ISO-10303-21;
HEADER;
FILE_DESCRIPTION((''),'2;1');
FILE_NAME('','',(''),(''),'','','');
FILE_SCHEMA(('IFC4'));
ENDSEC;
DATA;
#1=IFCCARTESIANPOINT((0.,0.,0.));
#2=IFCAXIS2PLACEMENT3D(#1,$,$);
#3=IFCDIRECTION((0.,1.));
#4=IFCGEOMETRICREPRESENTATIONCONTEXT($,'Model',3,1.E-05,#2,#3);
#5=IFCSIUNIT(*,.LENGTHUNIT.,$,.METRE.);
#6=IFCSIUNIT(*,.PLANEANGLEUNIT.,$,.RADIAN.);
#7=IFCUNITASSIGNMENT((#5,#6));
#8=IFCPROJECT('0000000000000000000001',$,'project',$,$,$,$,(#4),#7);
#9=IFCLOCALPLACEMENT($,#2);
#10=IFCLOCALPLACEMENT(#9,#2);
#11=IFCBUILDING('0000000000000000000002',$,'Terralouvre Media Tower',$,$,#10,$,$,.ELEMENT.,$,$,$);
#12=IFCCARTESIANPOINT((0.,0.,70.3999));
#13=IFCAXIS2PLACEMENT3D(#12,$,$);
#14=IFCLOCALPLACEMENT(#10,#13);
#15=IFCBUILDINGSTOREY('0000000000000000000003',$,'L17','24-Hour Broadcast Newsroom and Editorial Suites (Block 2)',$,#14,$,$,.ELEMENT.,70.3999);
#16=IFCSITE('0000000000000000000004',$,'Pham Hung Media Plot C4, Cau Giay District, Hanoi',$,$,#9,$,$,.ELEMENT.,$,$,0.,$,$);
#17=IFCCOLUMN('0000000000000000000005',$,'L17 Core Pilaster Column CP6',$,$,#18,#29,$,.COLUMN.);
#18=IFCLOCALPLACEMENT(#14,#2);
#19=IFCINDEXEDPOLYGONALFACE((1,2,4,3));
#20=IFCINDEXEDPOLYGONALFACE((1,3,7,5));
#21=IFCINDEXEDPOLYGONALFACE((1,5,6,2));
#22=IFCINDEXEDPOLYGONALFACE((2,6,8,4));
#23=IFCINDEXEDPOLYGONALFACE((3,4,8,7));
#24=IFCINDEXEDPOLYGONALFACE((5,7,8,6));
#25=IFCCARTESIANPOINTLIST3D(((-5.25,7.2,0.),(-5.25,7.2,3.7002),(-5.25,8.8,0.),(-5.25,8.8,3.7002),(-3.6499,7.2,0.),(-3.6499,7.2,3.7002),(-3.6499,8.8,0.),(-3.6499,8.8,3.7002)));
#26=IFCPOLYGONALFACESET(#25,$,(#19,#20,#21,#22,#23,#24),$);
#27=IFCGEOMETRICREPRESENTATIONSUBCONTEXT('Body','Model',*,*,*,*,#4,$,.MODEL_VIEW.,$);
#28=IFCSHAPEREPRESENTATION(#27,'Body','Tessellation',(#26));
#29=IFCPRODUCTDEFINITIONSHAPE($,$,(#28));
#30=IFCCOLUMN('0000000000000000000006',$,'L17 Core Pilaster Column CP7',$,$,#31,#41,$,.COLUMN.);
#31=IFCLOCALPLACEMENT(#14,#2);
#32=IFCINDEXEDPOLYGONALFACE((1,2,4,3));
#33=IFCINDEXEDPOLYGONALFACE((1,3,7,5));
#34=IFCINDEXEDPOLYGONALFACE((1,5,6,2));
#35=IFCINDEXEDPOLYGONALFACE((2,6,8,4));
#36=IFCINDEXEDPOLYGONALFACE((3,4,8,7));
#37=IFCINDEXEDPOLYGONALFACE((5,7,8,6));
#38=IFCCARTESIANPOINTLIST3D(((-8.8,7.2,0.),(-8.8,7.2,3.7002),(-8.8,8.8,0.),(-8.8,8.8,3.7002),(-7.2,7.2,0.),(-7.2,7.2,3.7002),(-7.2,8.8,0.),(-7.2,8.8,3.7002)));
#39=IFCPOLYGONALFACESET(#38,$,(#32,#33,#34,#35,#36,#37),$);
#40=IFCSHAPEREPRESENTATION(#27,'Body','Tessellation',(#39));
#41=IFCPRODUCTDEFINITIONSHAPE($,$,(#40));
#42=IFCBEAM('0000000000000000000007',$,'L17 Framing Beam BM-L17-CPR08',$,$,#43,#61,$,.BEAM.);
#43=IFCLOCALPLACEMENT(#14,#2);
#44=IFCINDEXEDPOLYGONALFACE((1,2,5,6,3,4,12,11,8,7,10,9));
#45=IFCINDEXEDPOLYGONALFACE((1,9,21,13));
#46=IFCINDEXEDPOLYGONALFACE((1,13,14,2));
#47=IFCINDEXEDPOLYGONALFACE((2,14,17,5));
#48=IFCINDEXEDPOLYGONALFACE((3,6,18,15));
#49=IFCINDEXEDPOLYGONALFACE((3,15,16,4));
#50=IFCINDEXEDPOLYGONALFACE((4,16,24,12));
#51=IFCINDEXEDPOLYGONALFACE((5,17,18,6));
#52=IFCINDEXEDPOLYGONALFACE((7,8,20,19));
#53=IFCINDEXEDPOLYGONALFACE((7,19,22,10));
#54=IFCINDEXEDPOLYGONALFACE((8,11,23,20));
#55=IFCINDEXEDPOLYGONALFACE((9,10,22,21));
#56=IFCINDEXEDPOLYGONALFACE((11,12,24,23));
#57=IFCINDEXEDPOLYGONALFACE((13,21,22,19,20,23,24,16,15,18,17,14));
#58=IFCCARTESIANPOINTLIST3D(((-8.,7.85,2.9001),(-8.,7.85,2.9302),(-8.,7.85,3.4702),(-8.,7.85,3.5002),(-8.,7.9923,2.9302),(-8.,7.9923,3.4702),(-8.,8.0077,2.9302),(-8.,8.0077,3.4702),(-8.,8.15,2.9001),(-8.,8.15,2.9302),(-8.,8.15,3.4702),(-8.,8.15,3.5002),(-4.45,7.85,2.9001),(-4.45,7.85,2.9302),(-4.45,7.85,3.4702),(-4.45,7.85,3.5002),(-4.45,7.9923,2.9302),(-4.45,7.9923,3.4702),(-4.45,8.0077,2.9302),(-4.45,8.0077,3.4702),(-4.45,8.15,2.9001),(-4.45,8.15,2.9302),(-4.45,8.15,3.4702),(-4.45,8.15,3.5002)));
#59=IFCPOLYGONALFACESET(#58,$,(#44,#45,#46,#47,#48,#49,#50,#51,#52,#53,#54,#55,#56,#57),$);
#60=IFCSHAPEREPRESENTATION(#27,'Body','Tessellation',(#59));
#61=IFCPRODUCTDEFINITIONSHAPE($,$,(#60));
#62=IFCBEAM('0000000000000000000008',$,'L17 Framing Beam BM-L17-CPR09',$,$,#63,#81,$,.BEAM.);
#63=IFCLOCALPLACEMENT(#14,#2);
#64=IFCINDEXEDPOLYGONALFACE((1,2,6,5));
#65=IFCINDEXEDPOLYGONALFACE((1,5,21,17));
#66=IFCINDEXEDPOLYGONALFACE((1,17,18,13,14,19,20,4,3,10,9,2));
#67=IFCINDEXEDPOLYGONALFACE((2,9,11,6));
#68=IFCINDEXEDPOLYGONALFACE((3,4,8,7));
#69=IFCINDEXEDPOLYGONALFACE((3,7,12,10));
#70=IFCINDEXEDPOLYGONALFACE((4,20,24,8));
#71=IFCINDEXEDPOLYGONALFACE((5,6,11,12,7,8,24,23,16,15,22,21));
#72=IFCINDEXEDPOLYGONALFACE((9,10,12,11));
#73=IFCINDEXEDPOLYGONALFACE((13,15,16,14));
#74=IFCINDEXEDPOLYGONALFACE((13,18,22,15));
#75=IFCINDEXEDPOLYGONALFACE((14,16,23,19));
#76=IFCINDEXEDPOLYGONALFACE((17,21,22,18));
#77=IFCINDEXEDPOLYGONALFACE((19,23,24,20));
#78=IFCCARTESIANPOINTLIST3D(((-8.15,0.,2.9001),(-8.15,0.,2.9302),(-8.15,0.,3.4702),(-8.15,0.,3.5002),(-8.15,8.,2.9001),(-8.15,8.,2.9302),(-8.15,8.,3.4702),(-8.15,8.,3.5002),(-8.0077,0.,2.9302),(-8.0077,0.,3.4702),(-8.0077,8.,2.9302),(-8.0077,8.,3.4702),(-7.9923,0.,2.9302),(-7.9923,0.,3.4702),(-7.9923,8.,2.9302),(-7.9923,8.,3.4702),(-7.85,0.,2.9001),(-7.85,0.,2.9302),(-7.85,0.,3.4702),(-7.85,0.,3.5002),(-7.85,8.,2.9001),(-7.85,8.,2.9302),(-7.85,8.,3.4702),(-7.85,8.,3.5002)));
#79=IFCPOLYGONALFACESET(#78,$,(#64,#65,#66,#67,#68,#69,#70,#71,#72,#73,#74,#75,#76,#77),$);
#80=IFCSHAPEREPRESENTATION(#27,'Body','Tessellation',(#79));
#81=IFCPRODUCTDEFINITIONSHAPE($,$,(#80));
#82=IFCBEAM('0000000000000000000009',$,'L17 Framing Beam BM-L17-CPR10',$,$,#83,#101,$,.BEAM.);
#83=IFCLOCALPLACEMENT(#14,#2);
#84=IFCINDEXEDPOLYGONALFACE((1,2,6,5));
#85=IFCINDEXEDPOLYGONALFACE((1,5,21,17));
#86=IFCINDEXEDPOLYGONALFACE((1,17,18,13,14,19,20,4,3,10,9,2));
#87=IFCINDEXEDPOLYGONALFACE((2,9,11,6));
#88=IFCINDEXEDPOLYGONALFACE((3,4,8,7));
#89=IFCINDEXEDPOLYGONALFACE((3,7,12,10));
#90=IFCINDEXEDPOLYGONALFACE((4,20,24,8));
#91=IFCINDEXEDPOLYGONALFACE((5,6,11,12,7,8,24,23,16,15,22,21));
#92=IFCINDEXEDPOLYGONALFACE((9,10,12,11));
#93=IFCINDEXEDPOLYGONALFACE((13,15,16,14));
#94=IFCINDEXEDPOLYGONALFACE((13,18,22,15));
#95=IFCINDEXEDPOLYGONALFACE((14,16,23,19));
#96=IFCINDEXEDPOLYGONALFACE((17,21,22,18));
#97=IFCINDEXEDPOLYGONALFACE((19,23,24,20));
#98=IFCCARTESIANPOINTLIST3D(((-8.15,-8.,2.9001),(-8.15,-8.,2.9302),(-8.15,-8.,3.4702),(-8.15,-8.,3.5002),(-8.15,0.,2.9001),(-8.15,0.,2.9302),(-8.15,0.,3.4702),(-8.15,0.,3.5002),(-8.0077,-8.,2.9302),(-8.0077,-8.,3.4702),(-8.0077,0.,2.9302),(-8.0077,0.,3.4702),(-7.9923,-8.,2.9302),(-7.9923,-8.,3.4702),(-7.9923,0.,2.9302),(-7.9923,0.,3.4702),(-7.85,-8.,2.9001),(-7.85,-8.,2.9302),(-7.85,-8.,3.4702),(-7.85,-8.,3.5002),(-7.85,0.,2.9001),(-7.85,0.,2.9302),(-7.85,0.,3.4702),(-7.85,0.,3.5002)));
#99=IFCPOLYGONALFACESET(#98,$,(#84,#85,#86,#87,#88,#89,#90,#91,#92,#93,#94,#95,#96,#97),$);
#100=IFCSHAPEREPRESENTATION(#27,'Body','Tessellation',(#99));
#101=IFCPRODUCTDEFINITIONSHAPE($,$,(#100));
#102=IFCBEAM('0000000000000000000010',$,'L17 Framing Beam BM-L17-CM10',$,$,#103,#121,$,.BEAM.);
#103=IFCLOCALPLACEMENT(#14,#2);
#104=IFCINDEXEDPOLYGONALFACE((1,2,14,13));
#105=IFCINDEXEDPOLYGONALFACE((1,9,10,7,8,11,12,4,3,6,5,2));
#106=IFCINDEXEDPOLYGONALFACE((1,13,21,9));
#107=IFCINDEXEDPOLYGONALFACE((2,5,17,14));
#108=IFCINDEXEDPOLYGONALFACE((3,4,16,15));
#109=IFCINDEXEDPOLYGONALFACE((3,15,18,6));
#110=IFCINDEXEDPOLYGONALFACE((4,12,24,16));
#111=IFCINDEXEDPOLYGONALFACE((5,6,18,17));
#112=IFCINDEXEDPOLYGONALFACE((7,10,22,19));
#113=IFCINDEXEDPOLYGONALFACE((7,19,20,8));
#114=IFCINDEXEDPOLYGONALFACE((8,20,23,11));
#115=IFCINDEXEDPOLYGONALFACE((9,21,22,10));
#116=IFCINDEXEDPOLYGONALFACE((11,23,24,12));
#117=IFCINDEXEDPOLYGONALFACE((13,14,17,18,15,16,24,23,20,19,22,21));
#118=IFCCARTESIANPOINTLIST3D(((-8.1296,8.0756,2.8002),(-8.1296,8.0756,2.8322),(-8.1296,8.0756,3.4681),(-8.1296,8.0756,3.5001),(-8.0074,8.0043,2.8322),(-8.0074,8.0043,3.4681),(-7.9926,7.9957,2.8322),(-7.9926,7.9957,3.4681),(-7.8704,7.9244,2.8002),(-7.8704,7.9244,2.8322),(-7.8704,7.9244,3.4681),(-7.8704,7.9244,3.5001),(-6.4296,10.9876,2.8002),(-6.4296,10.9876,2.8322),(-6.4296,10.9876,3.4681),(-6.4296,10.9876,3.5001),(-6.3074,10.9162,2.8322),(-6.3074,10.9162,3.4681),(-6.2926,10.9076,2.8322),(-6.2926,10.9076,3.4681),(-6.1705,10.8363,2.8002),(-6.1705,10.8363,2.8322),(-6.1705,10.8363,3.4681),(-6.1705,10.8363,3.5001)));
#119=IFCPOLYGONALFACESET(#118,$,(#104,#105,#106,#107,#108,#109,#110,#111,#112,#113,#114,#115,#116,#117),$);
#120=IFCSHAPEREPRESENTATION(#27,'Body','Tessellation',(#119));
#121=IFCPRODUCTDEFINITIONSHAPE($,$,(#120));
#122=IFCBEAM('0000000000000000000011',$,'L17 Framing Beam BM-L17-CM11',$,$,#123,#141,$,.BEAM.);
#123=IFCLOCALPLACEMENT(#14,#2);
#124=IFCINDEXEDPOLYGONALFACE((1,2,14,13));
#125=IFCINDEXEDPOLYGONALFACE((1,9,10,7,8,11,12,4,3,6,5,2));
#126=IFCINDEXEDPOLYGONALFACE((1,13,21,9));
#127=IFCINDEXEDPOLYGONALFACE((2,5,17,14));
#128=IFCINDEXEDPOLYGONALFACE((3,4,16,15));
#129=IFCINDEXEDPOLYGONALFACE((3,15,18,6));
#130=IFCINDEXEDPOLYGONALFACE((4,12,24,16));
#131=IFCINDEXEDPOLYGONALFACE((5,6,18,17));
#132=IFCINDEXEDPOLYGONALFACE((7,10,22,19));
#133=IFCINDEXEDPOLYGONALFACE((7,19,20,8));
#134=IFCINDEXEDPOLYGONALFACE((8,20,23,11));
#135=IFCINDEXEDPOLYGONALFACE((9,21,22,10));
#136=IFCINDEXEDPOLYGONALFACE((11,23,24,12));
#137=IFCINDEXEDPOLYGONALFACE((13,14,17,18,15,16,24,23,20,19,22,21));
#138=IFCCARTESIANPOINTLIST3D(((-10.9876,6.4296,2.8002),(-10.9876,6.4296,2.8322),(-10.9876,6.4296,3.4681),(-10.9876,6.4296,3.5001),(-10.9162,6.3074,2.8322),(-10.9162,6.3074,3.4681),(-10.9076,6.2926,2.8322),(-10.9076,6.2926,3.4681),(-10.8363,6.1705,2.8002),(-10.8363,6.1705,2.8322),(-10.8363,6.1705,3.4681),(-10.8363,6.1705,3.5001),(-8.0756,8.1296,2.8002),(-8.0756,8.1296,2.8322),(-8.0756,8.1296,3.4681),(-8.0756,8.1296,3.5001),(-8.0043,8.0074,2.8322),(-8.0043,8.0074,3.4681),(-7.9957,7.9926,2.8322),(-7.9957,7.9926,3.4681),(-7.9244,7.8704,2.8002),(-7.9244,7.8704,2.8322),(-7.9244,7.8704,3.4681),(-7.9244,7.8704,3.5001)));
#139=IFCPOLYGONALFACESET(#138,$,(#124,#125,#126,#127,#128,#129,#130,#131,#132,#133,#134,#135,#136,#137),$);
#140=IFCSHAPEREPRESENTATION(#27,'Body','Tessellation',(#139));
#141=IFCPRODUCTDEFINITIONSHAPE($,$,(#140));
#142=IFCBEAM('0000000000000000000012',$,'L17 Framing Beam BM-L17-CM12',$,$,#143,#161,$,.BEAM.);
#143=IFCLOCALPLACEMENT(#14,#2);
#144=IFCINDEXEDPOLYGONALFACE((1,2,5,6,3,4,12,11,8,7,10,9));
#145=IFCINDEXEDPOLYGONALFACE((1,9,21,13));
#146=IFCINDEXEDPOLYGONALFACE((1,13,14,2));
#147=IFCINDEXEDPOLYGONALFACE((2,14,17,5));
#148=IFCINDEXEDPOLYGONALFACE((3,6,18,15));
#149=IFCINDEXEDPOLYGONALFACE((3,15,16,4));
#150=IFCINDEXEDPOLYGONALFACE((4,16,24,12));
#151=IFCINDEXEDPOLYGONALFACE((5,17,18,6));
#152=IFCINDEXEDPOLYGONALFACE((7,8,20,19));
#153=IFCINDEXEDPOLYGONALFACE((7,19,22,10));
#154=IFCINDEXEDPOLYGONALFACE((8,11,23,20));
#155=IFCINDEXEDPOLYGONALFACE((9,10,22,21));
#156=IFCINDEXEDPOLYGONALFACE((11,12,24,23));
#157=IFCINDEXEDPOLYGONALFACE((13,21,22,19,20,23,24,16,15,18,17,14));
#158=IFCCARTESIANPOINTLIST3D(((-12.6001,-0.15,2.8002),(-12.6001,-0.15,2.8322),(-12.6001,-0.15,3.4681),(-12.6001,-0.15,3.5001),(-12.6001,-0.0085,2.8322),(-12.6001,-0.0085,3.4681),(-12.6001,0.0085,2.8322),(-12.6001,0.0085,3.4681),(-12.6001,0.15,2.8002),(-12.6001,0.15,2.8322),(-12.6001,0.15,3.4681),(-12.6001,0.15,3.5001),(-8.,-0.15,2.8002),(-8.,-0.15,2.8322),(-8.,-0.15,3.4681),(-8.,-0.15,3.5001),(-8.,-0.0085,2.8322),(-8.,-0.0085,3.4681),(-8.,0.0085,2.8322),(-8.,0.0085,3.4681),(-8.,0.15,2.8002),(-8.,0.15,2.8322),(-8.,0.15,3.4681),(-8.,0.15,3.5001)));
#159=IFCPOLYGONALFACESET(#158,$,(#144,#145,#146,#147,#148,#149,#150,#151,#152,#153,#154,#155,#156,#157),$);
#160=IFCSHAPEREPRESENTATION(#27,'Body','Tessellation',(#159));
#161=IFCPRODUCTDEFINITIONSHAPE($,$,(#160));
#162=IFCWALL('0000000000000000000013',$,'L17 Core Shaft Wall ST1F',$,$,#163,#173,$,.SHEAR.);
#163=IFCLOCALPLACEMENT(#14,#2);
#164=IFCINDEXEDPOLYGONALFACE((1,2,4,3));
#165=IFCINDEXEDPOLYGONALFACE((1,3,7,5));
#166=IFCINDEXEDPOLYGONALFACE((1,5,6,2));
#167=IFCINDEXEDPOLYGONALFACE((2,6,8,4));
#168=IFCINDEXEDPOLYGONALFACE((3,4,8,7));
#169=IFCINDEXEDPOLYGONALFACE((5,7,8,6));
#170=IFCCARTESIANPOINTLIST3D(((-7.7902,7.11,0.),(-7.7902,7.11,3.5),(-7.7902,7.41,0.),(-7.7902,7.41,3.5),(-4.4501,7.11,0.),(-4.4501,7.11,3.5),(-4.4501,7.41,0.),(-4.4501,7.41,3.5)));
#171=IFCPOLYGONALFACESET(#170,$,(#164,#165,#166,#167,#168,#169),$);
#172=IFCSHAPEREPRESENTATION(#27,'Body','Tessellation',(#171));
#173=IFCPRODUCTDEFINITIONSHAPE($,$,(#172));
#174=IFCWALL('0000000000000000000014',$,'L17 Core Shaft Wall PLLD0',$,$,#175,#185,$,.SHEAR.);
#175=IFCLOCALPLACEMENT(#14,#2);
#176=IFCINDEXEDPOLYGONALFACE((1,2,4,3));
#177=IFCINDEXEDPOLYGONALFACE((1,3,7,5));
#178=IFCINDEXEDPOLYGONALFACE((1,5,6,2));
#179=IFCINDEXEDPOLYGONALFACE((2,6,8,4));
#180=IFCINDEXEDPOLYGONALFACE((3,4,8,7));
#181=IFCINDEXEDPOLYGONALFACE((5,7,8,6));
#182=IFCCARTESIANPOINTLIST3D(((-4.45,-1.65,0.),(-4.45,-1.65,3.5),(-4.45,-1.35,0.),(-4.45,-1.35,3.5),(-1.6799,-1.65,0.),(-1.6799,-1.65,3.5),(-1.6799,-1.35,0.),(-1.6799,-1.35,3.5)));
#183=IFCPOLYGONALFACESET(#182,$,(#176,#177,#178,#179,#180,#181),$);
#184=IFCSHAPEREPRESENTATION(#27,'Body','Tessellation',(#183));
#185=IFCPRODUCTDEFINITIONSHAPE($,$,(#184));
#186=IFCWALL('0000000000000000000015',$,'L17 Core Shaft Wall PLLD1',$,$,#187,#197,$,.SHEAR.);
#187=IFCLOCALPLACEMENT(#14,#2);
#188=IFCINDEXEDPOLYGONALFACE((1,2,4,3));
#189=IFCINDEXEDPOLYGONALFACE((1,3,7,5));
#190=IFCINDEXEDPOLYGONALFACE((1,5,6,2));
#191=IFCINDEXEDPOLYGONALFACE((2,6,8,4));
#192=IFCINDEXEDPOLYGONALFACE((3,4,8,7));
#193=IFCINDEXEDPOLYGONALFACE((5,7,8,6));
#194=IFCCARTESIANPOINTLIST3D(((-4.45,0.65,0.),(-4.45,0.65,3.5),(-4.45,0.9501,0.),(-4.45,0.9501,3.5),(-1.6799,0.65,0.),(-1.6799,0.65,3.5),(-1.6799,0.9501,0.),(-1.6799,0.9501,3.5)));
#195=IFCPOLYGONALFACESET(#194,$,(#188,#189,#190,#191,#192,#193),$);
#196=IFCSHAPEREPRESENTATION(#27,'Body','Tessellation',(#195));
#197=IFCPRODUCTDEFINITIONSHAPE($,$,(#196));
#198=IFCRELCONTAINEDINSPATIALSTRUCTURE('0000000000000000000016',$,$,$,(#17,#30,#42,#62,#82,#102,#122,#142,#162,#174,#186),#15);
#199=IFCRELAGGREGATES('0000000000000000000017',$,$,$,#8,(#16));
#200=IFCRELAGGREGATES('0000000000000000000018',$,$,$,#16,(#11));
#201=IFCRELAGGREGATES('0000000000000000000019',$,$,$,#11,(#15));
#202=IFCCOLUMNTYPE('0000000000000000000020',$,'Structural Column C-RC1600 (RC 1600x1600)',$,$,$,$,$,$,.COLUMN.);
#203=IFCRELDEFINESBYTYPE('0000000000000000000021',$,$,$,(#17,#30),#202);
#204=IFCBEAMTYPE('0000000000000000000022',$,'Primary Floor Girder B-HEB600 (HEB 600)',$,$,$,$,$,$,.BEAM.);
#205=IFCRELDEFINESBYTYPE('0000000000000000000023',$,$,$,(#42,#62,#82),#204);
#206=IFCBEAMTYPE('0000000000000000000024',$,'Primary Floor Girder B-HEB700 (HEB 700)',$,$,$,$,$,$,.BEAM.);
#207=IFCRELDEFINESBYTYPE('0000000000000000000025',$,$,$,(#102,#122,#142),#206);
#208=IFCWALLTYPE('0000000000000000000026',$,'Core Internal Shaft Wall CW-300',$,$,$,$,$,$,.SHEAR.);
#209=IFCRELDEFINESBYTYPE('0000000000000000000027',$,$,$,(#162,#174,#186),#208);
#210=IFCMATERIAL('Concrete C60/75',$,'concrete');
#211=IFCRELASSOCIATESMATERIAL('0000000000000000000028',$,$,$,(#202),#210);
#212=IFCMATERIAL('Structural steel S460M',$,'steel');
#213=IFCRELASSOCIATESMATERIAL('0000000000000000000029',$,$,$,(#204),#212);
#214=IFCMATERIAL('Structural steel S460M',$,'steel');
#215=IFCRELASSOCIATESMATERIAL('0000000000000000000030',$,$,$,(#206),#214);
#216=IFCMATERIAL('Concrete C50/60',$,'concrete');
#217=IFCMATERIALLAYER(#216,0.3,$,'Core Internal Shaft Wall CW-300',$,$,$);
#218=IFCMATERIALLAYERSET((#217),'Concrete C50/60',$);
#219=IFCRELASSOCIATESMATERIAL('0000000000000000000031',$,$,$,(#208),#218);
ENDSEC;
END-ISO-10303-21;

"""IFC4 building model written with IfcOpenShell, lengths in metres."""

from ifc_helpers import new_model, si_unit, direction, frame, frame_2d, origin, origin_2d, place, context, subcontext, project, spatial, rectangle, i_section, extrude, material, layer, layer_set, material_profile, profile_set, type_object, element, save


model = new_model("IFC4")

# Units and contexts
model_context = context("Model", 3, precision=1e-05, world=origin(), true_north=direction((0.0, 1.0)))
body_context = subcontext(model_context, "Body", "Model", "MODEL_VIEW")
ifc_project = project(units=[si_unit("LENGTHUNIT", "METRE"), si_unit("PLANEANGLEUNIT", "RADIAN")], contexts=[model_context])

# Site, building, storey
site_placement = place(None, origin())
site = spatial("IfcSite", under=ifc_project, at=site_placement, Name="Pham Hung Media Plot C4, Cau Giay District, Hanoi", CompositionType="ELEMENT", RefElevation=0.0)
building_placement = place(site_placement, origin())
building = spatial("IfcBuilding", under=site, at=building_placement, Name="Terralouvre Media Tower", CompositionType="ELEMENT")
storey_placement = place(building_placement, frame((0.0, 0.0, 70.3999)))
storey = spatial("IfcBuildingStorey", under=building, at=storey_placement, Name="L17", Description="24-Hour Broadcast Newsroom and Editorial Suites (Block 2)", CompositionType="ELEMENT", Elevation=70.3999)

# Columns
ifc_material_1 = material(Name="Concrete C60/75", Category="concrete")
ifc_material_profile_1 = material_profile(ifc_material_1, rectangle(XDim=1.6001, YDim=1.6001, at=origin_2d()), Name="RC 1600x1600")
ifc_profile_set_1 = profile_set([ifc_material_profile_1], Name="Concrete C60/75")
column_type = type_object("IfcColumnType", Name="Structural Column C-RC1600 (RC 1600x1600)", PredefinedType="COLUMN", material=ifc_profile_set_1)
for number, where, z_axis, x_axis, name in (
    (1, (-4.45, 8.0, 0.0), (0.0, 0.0, 1.0), (1.0, 0.0, 0.0), "L17 Core Pilaster Column CP6"),
    (2, (-8.0, 8.0, 0.0), (0.0, 0.0, 1.0), (1.0, 0.0, 0.0), "L17 Core Pilaster Column CP7"),
):
    element("IfcColumn", number, at=place(storey_placement, frame(where, z_axis=z_axis, x_axis=x_axis)), inside=storey, type_object=column_type, Name=name, PredefinedType="COLUMN", context=body_context, shape_type="SweptSolid", body=[
        extrude(rectangle(XDim=1.6001, YDim=1.6001, at=origin_2d()), origin(), (0.0, 0.0, 1.0), 3.7002),
    ])

# Beams
ifc_material_2 = material(Name="Structural steel S460M", Category="steel")
ifc_material_profile_2 = material_profile(ifc_material_2, i_section(OverallWidth=0.3, OverallDepth=0.6001, WebThickness=0.0154, FlangeThickness=0.03, at=origin_2d()), Name="HEB 600")
ifc_profile_set_2 = profile_set([ifc_material_profile_2], Name="Structural steel S460M")
beam_type_1 = type_object("IfcBeamType", Name="Primary Floor Girder B-HEB600 (HEB 600)", PredefinedType="BEAM", material=ifc_profile_set_2)
beam_1_placement = place(storey_placement, frame((-4.45, 8.0, 3.2002), z_axis=(-1.0, 0.0, 0.0), x_axis=(0.0, -1.0, 0.0)))
element("IfcBeam", 3, at=beam_1_placement, inside=storey, type_object=beam_type_1, Name="L17 Framing Beam BM-L17-CPR08", PredefinedType="BEAM", context=body_context, shape_type="SweptSolid", body=[
    extrude(i_section(OverallWidth=0.3, OverallDepth=0.6001, WebThickness=0.0154, FlangeThickness=0.03, at=origin_2d()), origin(), (0.0, 0.0, 1.0), 3.55),
])
for number, where, z_axis, x_axis, name in (
    (4, (-8.0, 8.0, 3.2002), (0.0, -1.0, 0.0), (1.0, 0.0, 0.0), "L17 Framing Beam BM-L17-CPR09"),
    (5, (-8.0, 0.0, 3.2002), (0.0, -1.0, 0.0), (1.0, 0.0, 0.0), "L17 Framing Beam BM-L17-CPR10"),
):
    element("IfcBeam", number, at=place(storey_placement, frame(where, z_axis=z_axis, x_axis=x_axis)), inside=storey, type_object=beam_type_1, Name=name, PredefinedType="BEAM", context=body_context, shape_type="SweptSolid", body=[
        extrude(i_section(OverallWidth=0.3, OverallDepth=0.6001, WebThickness=0.0154, FlangeThickness=0.03, at=origin_2d()), origin(), (0.0, 0.0, 1.0), 8.0),
    ])
ifc_material_3 = material(Name="Structural steel S460M", Category="steel")
ifc_material_profile_3 = material_profile(ifc_material_3, i_section(OverallWidth=0.3, OverallDepth=0.7, WebThickness=0.0171, FlangeThickness=0.032, at=origin_2d()), Name="HEB 700")
ifc_profile_set_3 = profile_set([ifc_material_profile_3], Name="Structural steel S460M")
beam_type_2 = type_object("IfcBeamType", Name="Primary Floor Girder B-HEB700 (HEB 700)", PredefinedType="BEAM", material=ifc_profile_set_3)
for number, where, z_axis, x_axis, name in (
    (6, (-8.0, 8.0, 3.1501), (0.504173, 0.863603, 0.0), (-0.863603, 0.504173, 0.0), "L17 Framing Beam BM-L17-CM10"),
    (7, (-8.0, 8.0, 3.1501), (-0.863603, -0.504173, 0.0), (0.504173, -0.863603, 0.0), "L17 Framing Beam BM-L17-CM11"),
):
    element("IfcBeam", number, at=place(storey_placement, frame(where, z_axis=z_axis, x_axis=x_axis)), inside=storey, type_object=beam_type_2, Name=name, PredefinedType="BEAM", context=body_context, shape_type="SweptSolid", body=[
        extrude(i_section(OverallWidth=0.3, OverallDepth=0.7, WebThickness=0.0171, FlangeThickness=0.032, at=origin_2d()), origin(), (0.0, 0.0, 1.0), 3.3718),
    ])
beam_2_placement = place(storey_placement, frame((-8.0, 0.0, 3.1501), z_axis=(-1.0, 0.0, 0.0), x_axis=(0.0, -1.0, 0.0)))
element("IfcBeam", 8, at=beam_2_placement, inside=storey, type_object=beam_type_2, Name="L17 Framing Beam BM-L17-CM12", PredefinedType="BEAM", context=body_context, shape_type="SweptSolid", body=[
    extrude(i_section(OverallWidth=0.3, OverallDepth=0.7, WebThickness=0.0171, FlangeThickness=0.032, at=origin_2d()), origin(), (0.0, 0.0, 1.0), 4.6001),
])

# Shared definitions
ifc_material_4 = material(Name="Concrete C50/60", Category="concrete")
ifc_layer_1 = layer(ifc_material_4, 0.3, Name="Core Internal Shaft Wall CW-300")
ifc_layer_set_1 = layer_set([ifc_layer_1], Name="Concrete C50/60")
wall_type_1 = type_object("IfcWallType", Name="Core Internal Shaft Wall CW-300", PredefinedType="SHEAR", material=ifc_layer_set_1)

# Walls
wall_1_placement = place(storey_placement, frame((-7.79, 7.26, 0.0), z_axis=(0.0, 0.0, 1.0), x_axis=(1.0, 0.0, 0.0)))
element("IfcWall", 9, at=wall_1_placement, inside=storey, type_object=wall_type_1, Name="L17 Core Shaft Wall ST1F", PredefinedType="SHEAR", context=body_context, shape_type="SweptSolid", body=[
    extrude(rectangle(XDim=3.3401, YDim=0.3, at=frame_2d((1.6699, 0.0))), origin(), (0.0, 0.0, 1.0), 3.5),
])
for number, where, z_axis, x_axis, name in (
    (10, (-4.45, -1.5, 0.0), (0.0, 0.0, 1.0), (1.0, 0.0, 0.0), "L17 Core Shaft Wall PLLD0"),
    (11, (-4.45, 0.8, 0.0), (0.0, 0.0, 1.0), (1.0, 0.0, 0.0), "L17 Core Shaft Wall PLLD1"),
):
    element("IfcWall", number, at=place(storey_placement, frame(where, z_axis=z_axis, x_axis=x_axis)), inside=storey, type_object=wall_type_1, Name=name, PredefinedType="SHEAR", context=body_context, shape_type="SweptSolid", body=[
        extrude(rectangle(XDim=2.77, YDim=0.3, at=frame_2d((1.385, 0.0))), origin(), (0.0, 0.0, 1.0), 3.5),
    ])

save(model, "model.ifc")
